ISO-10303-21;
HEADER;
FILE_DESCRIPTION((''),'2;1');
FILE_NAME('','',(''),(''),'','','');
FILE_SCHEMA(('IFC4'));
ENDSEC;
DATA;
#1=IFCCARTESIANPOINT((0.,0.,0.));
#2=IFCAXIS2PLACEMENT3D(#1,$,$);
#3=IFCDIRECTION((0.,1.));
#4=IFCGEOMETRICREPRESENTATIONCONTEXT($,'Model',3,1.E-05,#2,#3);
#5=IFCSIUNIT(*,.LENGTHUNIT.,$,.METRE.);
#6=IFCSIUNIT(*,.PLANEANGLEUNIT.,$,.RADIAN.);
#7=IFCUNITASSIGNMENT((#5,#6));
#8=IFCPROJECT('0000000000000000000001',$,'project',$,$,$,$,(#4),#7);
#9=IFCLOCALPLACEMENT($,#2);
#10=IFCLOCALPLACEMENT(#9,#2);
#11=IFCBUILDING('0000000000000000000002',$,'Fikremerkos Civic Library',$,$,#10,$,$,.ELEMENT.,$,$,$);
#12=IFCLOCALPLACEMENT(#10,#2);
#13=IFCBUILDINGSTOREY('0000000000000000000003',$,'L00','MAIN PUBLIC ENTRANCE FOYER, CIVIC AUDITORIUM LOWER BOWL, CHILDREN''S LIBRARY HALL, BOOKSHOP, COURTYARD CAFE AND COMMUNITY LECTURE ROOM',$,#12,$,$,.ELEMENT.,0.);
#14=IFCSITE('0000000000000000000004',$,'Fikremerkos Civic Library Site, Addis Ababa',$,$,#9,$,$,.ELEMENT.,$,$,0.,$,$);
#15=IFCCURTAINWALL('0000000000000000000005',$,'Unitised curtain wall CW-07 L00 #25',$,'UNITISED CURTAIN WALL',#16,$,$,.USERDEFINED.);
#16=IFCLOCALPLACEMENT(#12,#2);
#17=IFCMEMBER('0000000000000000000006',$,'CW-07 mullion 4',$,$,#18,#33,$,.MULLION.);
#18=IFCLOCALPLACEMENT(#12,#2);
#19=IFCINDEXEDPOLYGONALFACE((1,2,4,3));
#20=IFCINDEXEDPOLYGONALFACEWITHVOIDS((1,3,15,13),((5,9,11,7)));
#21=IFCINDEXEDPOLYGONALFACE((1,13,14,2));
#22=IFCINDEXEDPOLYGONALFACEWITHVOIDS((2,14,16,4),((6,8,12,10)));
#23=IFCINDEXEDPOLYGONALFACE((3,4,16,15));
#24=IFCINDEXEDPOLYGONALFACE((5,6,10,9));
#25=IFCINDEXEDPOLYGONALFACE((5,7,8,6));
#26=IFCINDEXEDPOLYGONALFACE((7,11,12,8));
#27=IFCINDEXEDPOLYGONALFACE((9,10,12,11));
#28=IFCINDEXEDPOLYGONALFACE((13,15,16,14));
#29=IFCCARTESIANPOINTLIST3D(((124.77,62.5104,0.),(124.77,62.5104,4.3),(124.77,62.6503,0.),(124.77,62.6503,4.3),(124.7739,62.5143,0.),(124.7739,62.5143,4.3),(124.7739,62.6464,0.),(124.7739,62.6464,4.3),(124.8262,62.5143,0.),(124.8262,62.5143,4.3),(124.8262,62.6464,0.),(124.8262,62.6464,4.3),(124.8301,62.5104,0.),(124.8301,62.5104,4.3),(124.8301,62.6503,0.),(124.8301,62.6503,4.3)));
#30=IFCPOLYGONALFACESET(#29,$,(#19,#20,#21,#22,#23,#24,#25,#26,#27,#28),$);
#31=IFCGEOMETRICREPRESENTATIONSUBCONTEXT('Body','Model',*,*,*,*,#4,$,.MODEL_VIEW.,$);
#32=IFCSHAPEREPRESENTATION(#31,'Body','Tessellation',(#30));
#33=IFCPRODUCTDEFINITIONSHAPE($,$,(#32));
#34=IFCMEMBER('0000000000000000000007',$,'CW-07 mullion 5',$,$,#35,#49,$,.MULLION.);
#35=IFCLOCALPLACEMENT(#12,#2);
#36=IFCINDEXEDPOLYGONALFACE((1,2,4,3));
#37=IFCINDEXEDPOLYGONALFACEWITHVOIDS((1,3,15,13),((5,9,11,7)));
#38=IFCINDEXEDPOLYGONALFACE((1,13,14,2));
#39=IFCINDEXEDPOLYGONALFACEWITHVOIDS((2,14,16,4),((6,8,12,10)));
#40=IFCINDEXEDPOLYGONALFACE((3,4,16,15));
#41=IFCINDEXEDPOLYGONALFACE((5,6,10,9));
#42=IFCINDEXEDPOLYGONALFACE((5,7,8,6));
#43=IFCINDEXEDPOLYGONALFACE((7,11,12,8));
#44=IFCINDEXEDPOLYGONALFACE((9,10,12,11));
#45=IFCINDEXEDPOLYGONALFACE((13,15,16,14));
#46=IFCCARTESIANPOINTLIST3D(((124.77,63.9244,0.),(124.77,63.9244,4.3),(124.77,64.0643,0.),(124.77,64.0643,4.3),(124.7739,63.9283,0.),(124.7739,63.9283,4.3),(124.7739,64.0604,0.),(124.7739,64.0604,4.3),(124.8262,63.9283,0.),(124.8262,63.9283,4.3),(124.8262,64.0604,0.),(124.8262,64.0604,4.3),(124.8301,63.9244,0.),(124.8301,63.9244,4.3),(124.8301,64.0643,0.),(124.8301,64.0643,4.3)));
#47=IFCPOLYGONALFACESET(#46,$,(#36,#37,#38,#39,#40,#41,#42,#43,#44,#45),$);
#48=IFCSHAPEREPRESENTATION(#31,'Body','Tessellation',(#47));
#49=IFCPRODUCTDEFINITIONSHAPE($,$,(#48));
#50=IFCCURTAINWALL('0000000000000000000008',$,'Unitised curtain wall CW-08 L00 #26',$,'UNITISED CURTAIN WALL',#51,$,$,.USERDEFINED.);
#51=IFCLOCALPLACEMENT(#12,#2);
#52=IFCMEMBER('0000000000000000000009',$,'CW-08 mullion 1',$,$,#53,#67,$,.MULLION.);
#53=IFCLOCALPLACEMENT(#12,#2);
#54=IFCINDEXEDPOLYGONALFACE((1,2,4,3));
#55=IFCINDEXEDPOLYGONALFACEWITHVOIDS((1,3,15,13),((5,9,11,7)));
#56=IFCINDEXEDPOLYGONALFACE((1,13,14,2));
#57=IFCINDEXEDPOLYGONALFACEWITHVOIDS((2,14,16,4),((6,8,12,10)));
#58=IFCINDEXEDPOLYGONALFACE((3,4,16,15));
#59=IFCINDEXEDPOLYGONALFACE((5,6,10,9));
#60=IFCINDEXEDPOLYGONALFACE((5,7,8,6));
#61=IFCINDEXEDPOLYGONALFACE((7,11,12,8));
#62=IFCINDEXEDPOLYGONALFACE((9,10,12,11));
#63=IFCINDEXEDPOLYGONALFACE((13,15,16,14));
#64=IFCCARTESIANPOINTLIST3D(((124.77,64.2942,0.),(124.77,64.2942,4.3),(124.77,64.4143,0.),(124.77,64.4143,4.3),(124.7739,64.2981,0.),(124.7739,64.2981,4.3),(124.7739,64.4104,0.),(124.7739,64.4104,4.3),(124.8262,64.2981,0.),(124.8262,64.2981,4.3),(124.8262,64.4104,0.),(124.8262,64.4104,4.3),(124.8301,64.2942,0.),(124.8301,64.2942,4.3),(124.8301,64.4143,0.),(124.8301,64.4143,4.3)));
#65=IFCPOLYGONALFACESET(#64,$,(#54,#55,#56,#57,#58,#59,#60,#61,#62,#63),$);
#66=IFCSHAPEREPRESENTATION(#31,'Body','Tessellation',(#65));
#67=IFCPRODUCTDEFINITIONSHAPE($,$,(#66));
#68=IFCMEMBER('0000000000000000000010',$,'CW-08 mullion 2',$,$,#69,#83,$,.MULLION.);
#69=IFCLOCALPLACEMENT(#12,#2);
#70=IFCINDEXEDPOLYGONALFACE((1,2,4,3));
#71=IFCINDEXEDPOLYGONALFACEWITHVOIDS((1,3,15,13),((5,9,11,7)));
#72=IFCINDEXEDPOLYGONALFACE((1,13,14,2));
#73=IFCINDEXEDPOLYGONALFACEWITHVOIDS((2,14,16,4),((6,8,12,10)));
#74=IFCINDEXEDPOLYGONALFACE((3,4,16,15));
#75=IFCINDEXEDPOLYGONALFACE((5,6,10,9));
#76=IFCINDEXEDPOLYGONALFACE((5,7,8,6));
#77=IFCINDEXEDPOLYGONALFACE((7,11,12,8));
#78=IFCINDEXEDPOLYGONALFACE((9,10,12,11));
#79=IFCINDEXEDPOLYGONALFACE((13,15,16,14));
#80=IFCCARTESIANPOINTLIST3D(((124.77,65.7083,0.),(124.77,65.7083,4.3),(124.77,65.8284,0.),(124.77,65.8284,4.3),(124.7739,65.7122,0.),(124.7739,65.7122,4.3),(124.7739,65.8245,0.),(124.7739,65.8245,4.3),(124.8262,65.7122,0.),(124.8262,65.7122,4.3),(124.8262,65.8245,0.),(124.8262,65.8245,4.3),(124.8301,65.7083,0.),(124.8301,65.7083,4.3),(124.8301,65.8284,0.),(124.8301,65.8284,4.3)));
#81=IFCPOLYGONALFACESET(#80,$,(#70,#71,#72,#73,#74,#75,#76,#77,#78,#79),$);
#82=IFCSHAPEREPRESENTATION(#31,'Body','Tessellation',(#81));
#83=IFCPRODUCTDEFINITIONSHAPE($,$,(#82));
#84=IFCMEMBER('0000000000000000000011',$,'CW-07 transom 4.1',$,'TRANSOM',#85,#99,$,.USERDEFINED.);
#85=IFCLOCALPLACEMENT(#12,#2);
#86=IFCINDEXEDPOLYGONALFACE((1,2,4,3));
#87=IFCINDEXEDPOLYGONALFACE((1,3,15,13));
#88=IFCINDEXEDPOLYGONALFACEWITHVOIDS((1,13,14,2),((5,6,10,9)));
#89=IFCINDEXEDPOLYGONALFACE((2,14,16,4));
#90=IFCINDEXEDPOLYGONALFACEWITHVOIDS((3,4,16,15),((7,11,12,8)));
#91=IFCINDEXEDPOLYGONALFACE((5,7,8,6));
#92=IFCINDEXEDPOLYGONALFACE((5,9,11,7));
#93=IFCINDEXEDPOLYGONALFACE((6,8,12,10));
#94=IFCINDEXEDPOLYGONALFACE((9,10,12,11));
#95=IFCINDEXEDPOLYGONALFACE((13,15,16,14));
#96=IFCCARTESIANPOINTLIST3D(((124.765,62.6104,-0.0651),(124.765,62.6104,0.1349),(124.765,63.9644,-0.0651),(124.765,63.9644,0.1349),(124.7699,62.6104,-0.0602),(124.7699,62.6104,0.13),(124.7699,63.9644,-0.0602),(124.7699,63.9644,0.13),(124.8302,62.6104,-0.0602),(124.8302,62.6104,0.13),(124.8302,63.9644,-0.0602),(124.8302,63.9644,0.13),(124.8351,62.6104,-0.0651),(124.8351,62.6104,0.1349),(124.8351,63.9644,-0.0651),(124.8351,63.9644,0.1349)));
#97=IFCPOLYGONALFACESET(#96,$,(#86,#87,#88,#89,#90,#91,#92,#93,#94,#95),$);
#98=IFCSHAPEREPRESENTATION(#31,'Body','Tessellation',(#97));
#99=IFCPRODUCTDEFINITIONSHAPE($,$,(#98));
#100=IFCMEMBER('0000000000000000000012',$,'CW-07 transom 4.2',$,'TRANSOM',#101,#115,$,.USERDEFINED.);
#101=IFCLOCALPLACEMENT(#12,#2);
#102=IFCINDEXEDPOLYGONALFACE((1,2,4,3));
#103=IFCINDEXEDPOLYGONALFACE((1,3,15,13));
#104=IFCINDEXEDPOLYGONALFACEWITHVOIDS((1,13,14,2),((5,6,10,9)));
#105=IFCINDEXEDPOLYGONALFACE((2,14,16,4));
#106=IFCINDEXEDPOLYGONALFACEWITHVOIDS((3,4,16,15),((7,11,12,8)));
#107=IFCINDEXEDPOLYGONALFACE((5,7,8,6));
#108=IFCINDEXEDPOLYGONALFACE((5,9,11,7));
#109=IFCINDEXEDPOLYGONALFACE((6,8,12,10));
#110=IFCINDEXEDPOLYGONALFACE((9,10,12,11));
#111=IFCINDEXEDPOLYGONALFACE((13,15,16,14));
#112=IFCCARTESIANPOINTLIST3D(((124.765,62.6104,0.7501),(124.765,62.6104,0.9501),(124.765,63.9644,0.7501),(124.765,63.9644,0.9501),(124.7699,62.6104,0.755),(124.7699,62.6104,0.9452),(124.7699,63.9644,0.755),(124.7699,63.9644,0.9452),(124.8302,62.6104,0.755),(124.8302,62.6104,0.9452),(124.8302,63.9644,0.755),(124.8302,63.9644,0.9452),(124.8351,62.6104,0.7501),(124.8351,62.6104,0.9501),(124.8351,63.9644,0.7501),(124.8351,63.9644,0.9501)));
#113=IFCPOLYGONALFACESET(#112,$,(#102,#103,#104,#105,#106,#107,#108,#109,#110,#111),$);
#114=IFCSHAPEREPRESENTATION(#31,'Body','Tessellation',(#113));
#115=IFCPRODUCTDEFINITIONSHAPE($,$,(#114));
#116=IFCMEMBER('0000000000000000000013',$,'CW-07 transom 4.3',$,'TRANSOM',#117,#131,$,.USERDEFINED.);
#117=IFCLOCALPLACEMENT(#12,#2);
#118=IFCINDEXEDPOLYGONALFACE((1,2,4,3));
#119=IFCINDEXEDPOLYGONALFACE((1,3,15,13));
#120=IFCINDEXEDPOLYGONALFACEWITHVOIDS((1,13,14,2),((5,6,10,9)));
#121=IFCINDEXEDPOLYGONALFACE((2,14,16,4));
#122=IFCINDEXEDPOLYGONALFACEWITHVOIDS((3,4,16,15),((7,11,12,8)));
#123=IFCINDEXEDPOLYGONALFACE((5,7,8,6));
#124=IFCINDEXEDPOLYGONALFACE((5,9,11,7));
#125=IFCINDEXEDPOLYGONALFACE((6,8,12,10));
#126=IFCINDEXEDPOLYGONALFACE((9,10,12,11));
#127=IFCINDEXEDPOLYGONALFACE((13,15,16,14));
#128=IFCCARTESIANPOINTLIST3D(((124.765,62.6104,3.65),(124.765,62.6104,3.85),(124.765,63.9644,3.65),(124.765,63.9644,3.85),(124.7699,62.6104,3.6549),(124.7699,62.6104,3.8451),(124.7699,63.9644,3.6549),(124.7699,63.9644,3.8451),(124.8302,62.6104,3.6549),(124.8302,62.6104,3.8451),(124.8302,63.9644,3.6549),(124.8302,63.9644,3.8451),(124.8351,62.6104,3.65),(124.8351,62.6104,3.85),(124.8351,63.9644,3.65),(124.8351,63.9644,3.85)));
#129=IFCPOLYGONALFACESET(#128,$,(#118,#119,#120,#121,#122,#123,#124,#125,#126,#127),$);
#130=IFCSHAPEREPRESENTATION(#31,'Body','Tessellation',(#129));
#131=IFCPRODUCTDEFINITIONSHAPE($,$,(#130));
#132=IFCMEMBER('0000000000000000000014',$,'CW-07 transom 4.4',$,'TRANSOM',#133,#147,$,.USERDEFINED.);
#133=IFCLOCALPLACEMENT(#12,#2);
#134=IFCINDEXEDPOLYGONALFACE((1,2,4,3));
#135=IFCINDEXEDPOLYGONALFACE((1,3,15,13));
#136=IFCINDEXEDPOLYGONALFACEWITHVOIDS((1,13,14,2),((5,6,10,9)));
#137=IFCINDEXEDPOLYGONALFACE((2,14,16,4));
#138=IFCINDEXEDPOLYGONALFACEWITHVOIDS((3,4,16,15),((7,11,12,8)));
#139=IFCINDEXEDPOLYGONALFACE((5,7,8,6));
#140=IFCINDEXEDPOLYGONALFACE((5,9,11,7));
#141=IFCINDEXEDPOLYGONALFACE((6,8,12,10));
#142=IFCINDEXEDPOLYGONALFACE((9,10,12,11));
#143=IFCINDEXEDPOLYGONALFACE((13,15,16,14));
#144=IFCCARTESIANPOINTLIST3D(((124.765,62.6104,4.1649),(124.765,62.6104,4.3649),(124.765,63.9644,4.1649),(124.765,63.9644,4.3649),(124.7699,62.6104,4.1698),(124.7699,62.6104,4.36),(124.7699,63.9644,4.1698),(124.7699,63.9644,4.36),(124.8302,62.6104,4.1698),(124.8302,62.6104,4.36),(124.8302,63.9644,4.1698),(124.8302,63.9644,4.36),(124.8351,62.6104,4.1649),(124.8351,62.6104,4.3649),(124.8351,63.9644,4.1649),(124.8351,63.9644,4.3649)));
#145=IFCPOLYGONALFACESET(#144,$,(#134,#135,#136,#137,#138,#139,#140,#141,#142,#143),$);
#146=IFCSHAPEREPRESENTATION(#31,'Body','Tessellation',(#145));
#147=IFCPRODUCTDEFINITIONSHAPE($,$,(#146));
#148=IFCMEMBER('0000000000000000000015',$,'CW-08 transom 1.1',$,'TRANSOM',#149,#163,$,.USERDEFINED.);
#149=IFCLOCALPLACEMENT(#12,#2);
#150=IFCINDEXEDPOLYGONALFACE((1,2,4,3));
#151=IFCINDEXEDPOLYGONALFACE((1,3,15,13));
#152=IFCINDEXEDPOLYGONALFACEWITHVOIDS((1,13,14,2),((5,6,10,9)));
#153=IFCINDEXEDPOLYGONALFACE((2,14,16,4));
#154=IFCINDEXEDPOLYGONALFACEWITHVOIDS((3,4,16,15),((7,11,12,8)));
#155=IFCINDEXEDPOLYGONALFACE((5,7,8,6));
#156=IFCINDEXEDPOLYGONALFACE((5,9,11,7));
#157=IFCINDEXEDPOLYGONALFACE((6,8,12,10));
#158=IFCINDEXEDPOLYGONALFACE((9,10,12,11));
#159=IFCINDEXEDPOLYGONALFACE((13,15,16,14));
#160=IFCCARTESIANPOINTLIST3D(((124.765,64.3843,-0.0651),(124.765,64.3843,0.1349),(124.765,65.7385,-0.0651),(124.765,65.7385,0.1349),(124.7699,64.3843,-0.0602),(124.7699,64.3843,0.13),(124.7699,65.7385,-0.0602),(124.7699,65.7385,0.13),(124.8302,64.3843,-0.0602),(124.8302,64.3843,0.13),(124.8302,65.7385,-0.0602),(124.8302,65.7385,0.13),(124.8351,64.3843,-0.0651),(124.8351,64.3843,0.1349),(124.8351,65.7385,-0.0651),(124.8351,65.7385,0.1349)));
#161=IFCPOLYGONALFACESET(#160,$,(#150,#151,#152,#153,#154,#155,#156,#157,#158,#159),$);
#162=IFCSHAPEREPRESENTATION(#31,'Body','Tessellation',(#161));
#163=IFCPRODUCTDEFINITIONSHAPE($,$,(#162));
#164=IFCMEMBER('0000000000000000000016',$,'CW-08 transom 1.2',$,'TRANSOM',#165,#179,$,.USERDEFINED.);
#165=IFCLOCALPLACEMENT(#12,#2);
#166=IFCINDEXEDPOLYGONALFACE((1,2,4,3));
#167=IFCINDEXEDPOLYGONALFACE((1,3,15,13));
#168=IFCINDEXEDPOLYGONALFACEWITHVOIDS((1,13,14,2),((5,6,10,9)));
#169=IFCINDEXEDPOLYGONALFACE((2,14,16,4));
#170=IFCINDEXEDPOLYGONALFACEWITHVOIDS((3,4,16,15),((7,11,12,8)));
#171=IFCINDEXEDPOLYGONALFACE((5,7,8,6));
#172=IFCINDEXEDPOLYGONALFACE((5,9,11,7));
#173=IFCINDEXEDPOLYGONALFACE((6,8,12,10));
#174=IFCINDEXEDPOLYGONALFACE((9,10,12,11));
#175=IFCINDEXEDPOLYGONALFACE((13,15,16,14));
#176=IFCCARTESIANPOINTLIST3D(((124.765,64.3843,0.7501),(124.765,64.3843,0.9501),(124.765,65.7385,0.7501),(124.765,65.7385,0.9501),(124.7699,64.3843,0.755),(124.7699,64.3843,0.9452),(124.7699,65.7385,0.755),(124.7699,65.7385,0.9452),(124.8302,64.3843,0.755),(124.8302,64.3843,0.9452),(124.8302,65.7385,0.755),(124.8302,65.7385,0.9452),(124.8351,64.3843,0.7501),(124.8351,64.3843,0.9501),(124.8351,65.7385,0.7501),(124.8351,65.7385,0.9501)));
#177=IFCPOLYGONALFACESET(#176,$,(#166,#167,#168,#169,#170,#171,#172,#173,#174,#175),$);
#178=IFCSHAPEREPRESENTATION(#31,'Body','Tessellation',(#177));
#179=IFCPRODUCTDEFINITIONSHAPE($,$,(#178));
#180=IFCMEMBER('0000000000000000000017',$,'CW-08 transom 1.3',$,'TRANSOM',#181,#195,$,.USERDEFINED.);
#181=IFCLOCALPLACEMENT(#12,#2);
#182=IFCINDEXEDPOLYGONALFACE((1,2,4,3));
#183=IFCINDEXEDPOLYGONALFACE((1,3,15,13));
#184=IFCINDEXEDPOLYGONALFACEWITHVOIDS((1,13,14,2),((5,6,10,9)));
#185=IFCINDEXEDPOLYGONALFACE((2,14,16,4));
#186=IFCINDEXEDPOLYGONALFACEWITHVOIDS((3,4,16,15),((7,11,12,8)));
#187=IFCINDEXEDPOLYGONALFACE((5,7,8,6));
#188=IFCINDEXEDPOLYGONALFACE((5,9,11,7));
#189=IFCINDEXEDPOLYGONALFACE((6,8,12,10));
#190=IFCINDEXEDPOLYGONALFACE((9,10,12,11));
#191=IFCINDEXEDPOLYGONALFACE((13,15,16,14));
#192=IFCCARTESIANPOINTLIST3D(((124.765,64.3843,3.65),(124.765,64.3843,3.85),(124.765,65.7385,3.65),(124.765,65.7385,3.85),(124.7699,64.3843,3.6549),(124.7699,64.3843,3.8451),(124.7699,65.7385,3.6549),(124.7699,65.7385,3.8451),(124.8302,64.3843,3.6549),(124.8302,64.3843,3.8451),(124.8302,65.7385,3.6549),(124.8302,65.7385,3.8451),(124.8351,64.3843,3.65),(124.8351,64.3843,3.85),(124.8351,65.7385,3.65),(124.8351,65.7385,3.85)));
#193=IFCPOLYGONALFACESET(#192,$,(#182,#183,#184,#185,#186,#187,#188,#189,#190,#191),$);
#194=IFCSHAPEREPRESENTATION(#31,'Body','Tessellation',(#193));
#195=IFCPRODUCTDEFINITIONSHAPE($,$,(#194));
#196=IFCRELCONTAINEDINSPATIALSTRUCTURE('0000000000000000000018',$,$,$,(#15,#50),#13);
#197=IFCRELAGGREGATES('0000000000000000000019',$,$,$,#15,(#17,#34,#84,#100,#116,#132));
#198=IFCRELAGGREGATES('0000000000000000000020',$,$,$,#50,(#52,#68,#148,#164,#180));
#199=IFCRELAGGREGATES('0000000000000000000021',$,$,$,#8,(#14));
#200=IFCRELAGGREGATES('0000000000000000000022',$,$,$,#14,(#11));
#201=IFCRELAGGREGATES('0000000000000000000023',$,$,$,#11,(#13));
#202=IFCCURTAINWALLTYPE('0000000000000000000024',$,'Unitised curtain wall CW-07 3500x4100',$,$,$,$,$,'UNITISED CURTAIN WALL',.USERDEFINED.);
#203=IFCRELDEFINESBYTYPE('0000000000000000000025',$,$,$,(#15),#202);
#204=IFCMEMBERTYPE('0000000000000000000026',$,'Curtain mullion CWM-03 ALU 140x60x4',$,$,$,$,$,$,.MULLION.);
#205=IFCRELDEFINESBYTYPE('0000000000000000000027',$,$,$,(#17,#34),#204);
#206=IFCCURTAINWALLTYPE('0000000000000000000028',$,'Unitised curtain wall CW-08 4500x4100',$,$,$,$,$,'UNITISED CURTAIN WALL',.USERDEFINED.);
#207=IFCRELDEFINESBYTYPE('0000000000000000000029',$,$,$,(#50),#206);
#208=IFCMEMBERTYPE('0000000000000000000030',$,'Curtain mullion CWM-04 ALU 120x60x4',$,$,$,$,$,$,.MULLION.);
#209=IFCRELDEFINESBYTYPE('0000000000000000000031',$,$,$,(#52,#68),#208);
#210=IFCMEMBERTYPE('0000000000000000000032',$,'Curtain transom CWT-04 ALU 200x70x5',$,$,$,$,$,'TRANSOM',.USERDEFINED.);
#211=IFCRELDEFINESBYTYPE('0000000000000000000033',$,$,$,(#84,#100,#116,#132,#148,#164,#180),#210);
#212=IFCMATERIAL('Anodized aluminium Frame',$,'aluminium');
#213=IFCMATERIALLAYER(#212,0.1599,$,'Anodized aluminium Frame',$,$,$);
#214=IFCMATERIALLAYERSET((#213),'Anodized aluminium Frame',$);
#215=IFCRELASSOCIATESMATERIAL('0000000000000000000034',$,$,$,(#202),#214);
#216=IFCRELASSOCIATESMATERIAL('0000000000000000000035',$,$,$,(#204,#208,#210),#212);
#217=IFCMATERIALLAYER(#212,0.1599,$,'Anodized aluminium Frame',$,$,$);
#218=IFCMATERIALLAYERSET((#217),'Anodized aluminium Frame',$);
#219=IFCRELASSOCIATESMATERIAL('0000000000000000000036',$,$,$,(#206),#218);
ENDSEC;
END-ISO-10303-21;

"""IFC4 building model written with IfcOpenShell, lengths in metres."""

from ifc_helpers import new_model, si_unit, direction, frame, origin, origin_2d, place, context, subcontext, project, spatial, hollow_rectangle, extrude, material, layer, layer_set, material_profile, profile_set, type_object, element, aggregate, save


model = new_model("IFC4")

# Units and contexts
model_context = context("Model", 3, precision=1e-05, world=origin(), true_north=direction((0.0, 1.0)))
body_context = subcontext(model_context, "Body", "Model", "MODEL_VIEW")
ifc_project = project(units=[si_unit("LENGTHUNIT", "METRE"), si_unit("PLANEANGLEUNIT", "RADIAN")], contexts=[model_context])

# Site, building, storey
site_placement = place(None, origin())
site = spatial("IfcSite", under=ifc_project, at=site_placement, Name="Fikremerkos Civic Library Site, Addis Ababa", CompositionType="ELEMENT", RefElevation=0.0)
building_placement = place(site_placement, origin())
building = spatial("IfcBuilding", under=site, at=building_placement, Name="Fikremerkos Civic Library", CompositionType="ELEMENT")
storey_placement = place(building_placement, origin())
storey = spatial("IfcBuildingStorey", under=building, at=storey_placement, Name="L00", Description="MAIN PUBLIC ENTRANCE FOYER, CIVIC AUDITORIUM LOWER BOWL, CHILDREN'S LIBRARY HALL, BOOKSHOP, COURTYARD CAFE AND COMMUNITY LECTURE ROOM", CompositionType="ELEMENT", Elevation=0.0)

# Curtain walls, members
ifc_material_1 = material(Name="Anodized aluminium Frame", Category="aluminium")
ifc_layer_1 = layer(ifc_material_1, 0.1599, Name="Anodized aluminium Frame")
ifc_layer_set_1 = layer_set([ifc_layer_1], Name="Anodized aluminium Frame")
curtain_wall_type_1 = type_object("IfcCurtainWallType", Name="Unitised curtain wall CW-07 3500x4100", ElementType="UNITISED CURTAIN WALL", PredefinedType="USERDEFINED", material=ifc_layer_set_1)
curtain_wall_1_placement = place(storey_placement, origin())
curtain_wall_1 = element("IfcCurtainWall", 1, at=curtain_wall_1_placement, inside=storey, type_object=curtain_wall_type_1, Name="Unitised curtain wall CW-07 L00 #25", ObjectType="UNITISED CURTAIN WALL", PredefinedType="USERDEFINED")
ifc_material_profile_1 = material_profile(ifc_material_1, hollow_rectangle(XDim=0.0601, YDim=0.1399, WallThickness=0.0039, at=origin_2d()), Name="ALU 140x60x4")
ifc_profile_set_1 = profile_set([ifc_material_profile_1], Name="Anodized aluminium Frame")
member_type_1 = type_object("IfcMemberType", Name="Curtain mullion CWM-03 ALU 140x60x4", PredefinedType="MULLION", material=ifc_profile_set_1)
member_1_placement = place(storey_placement, frame((124.8, 62.5803, 0.0), z_axis=(0.0, 0.0, 1.0), x_axis=(-1.0, 0.0, 0.0)))
member_1 = element("IfcMember", 2, at=member_1_placement, type_object=member_type_1, Name="CW-07 mullion 4", PredefinedType="MULLION", context=body_context, shape_type="SweptSolid", body=[
    extrude(hollow_rectangle(XDim=0.0601, YDim=0.1399, WallThickness=0.0039, at=origin_2d()), origin(), (0.0, 0.0, 1.0), 4.3),
])
member_2_placement = place(storey_placement, frame((124.8, 63.9944, 0.0), z_axis=(0.0, 0.0, 1.0), x_axis=(-1.0, 0.0, 0.0)))
member_2 = element("IfcMember", 3, at=member_2_placement, type_object=member_type_1, Name="CW-07 mullion 5", PredefinedType="MULLION", context=body_context, shape_type="SweptSolid", body=[
    extrude(hollow_rectangle(XDim=0.0601, YDim=0.1399, WallThickness=0.0039, at=origin_2d()), origin(), (0.0, 0.0, 1.0), 4.3),
])
ifc_layer_2 = layer(ifc_material_1, 0.1599, Name="Anodized aluminium Frame")
ifc_layer_set_2 = layer_set([ifc_layer_2], Name="Anodized aluminium Frame")
curtain_wall_type_2 = type_object("IfcCurtainWallType", Name="Unitised curtain wall CW-08 4500x4100", ElementType="UNITISED CURTAIN WALL", PredefinedType="USERDEFINED", material=ifc_layer_set_2)
curtain_wall_2_placement = place(storey_placement, origin())
curtain_wall_2 = element("IfcCurtainWall", 4, at=curtain_wall_2_placement, inside=storey, type_object=curtain_wall_type_2, Name="Unitised curtain wall CW-08 L00 #26", ObjectType="UNITISED CURTAIN WALL", PredefinedType="USERDEFINED")
ifc_material_profile_2 = material_profile(ifc_material_1, hollow_rectangle(XDim=0.0601, YDim=0.1201, WallThickness=0.0039, at=origin_2d()), Name="ALU 120x60x4")
ifc_profile_set_2 = profile_set([ifc_material_profile_2], Name="Anodized aluminium Frame")
member_type_2 = type_object("IfcMemberType", Name="Curtain mullion CWM-04 ALU 120x60x4", PredefinedType="MULLION", material=ifc_profile_set_2)
member_3_placement = place(storey_placement, frame((124.8, 64.3542, 0.0), z_axis=(0.0, 0.0, 1.0), x_axis=(-1.0, 0.0, 0.0)))
member_3 = element("IfcMember", 5, at=member_3_placement, type_object=member_type_2, Name="CW-08 mullion 1", PredefinedType="MULLION", context=body_context, shape_type="SweptSolid", body=[
    extrude(hollow_rectangle(XDim=0.0601, YDim=0.1201, WallThickness=0.0039, at=origin_2d()), origin(), (0.0, 0.0, 1.0), 4.3),
])
member_4_placement = place(storey_placement, frame((124.8, 65.7683, 0.0), z_axis=(0.0, 0.0, 1.0), x_axis=(-1.0, 0.0, 0.0)))
member_4 = element("IfcMember", 6, at=member_4_placement, type_object=member_type_2, Name="CW-08 mullion 2", PredefinedType="MULLION", context=body_context, shape_type="SweptSolid", body=[
    extrude(hollow_rectangle(XDim=0.0601, YDim=0.1201, WallThickness=0.0039, at=origin_2d()), origin(), (0.0, 0.0, 1.0), 4.3),
])

# Members
ifc_material_profile_3 = material_profile(ifc_material_1, hollow_rectangle(XDim=0.0701, YDim=0.2, WallThickness=0.0049, at=origin_2d()), Name="ALU 200x70x5")
ifc_profile_set_3 = profile_set([ifc_material_profile_3], Name="Anodized aluminium Frame")
member_type_3 = type_object("IfcMemberType", Name="Curtain transom CWT-04 ALU 200x70x5", ElementType="TRANSOM", PredefinedType="USERDEFINED", material=ifc_profile_set_3)
member_5_placement = place(storey_placement, frame((124.8, 62.6104, 0.0349), z_axis=(0.0, 1.0, 0.0), x_axis=(-1.0, 0.0, 0.0)))
member_5 = element("IfcMember", 7, at=member_5_placement, type_object=member_type_3, Name="CW-07 transom 4.1", ObjectType="TRANSOM", PredefinedType="USERDEFINED", context=body_context, shape_type="SweptSolid", body=[
    extrude(hollow_rectangle(XDim=0.0701, YDim=0.2, WallThickness=0.0049, at=origin_2d()), origin(), (0.0, 0.0, 1.0), 1.354),
])
member_6_placement = place(storey_placement, frame((124.8, 62.6104, 0.8501), z_axis=(0.0, 1.0, 0.0), x_axis=(-1.0, 0.0, 0.0)))
member_6 = element("IfcMember", 8, at=member_6_placement, type_object=member_type_3, Name="CW-07 transom 4.2", ObjectType="TRANSOM", PredefinedType="USERDEFINED", context=body_context, shape_type="SweptSolid", body=[
    extrude(hollow_rectangle(XDim=0.0701, YDim=0.2, WallThickness=0.0049, at=origin_2d()), origin(), (0.0, 0.0, 1.0), 1.354),
])
member_7_placement = place(storey_placement, frame((124.8, 62.6104, 3.75), z_axis=(0.0, 1.0, 0.0), x_axis=(-1.0, 0.0, 0.0)))
member_7 = element("IfcMember", 9, at=member_7_placement, type_object=member_type_3, Name="CW-07 transom 4.3", ObjectType="TRANSOM", PredefinedType="USERDEFINED", context=body_context, shape_type="SweptSolid", body=[
    extrude(hollow_rectangle(XDim=0.0701, YDim=0.2, WallThickness=0.0049, at=origin_2d()), origin(), (0.0, 0.0, 1.0), 1.354),
])
member_8_placement = place(storey_placement, frame((124.8, 62.6104, 4.2649), z_axis=(0.0, 1.0, 0.0), x_axis=(-1.0, 0.0, 0.0)))
member_8 = element("IfcMember", 10, at=member_8_placement, type_object=member_type_3, Name="CW-07 transom 4.4", ObjectType="TRANSOM", PredefinedType="USERDEFINED", context=body_context, shape_type="SweptSolid", body=[
    extrude(hollow_rectangle(XDim=0.0701, YDim=0.2, WallThickness=0.0049, at=origin_2d()), origin(), (0.0, 0.0, 1.0), 1.354),
])
member_9_placement = place(storey_placement, frame((124.8, 64.3843, 0.0349), z_axis=(0.0, 1.0, 0.0), x_axis=(-1.0, 0.0, 0.0)))
member_9 = element("IfcMember", 11, at=member_9_placement, type_object=member_type_3, Name="CW-08 transom 1.1", ObjectType="TRANSOM", PredefinedType="USERDEFINED", context=body_context, shape_type="SweptSolid", body=[
    extrude(hollow_rectangle(XDim=0.0701, YDim=0.2, WallThickness=0.0049, at=origin_2d()), origin(), (0.0, 0.0, 1.0), 1.3542),
])
member_10_placement = place(storey_placement, frame((124.8, 64.3843, 0.8501), z_axis=(0.0, 1.0, 0.0), x_axis=(-1.0, 0.0, 0.0)))
member_10 = element("IfcMember", 12, at=member_10_placement, type_object=member_type_3, Name="CW-08 transom 1.2", ObjectType="TRANSOM", PredefinedType="USERDEFINED", context=body_context, shape_type="SweptSolid", body=[
    extrude(hollow_rectangle(XDim=0.0701, YDim=0.2, WallThickness=0.0049, at=origin_2d()), origin(), (0.0, 0.0, 1.0), 1.3542),
])
member_11_placement = place(storey_placement, frame((124.8, 64.3843, 3.75), z_axis=(0.0, 1.0, 0.0), x_axis=(-1.0, 0.0, 0.0)))
member_11 = element("IfcMember", 13, at=member_11_placement, type_object=member_type_3, Name="CW-08 transom 1.3", ObjectType="TRANSOM", PredefinedType="USERDEFINED", context=body_context, shape_type="SweptSolid", body=[
    extrude(hollow_rectangle(XDim=0.0701, YDim=0.2, WallThickness=0.0049, at=origin_2d()), origin(), (0.0, 0.0, 1.0), 1.3542),
])

aggregate(curtain_wall_1, [member_1, member_2, member_5, member_6, member_7, member_8])
aggregate(curtain_wall_2, [member_3, member_4, member_9, member_10, member_11])

save(model, "model.ifc")
